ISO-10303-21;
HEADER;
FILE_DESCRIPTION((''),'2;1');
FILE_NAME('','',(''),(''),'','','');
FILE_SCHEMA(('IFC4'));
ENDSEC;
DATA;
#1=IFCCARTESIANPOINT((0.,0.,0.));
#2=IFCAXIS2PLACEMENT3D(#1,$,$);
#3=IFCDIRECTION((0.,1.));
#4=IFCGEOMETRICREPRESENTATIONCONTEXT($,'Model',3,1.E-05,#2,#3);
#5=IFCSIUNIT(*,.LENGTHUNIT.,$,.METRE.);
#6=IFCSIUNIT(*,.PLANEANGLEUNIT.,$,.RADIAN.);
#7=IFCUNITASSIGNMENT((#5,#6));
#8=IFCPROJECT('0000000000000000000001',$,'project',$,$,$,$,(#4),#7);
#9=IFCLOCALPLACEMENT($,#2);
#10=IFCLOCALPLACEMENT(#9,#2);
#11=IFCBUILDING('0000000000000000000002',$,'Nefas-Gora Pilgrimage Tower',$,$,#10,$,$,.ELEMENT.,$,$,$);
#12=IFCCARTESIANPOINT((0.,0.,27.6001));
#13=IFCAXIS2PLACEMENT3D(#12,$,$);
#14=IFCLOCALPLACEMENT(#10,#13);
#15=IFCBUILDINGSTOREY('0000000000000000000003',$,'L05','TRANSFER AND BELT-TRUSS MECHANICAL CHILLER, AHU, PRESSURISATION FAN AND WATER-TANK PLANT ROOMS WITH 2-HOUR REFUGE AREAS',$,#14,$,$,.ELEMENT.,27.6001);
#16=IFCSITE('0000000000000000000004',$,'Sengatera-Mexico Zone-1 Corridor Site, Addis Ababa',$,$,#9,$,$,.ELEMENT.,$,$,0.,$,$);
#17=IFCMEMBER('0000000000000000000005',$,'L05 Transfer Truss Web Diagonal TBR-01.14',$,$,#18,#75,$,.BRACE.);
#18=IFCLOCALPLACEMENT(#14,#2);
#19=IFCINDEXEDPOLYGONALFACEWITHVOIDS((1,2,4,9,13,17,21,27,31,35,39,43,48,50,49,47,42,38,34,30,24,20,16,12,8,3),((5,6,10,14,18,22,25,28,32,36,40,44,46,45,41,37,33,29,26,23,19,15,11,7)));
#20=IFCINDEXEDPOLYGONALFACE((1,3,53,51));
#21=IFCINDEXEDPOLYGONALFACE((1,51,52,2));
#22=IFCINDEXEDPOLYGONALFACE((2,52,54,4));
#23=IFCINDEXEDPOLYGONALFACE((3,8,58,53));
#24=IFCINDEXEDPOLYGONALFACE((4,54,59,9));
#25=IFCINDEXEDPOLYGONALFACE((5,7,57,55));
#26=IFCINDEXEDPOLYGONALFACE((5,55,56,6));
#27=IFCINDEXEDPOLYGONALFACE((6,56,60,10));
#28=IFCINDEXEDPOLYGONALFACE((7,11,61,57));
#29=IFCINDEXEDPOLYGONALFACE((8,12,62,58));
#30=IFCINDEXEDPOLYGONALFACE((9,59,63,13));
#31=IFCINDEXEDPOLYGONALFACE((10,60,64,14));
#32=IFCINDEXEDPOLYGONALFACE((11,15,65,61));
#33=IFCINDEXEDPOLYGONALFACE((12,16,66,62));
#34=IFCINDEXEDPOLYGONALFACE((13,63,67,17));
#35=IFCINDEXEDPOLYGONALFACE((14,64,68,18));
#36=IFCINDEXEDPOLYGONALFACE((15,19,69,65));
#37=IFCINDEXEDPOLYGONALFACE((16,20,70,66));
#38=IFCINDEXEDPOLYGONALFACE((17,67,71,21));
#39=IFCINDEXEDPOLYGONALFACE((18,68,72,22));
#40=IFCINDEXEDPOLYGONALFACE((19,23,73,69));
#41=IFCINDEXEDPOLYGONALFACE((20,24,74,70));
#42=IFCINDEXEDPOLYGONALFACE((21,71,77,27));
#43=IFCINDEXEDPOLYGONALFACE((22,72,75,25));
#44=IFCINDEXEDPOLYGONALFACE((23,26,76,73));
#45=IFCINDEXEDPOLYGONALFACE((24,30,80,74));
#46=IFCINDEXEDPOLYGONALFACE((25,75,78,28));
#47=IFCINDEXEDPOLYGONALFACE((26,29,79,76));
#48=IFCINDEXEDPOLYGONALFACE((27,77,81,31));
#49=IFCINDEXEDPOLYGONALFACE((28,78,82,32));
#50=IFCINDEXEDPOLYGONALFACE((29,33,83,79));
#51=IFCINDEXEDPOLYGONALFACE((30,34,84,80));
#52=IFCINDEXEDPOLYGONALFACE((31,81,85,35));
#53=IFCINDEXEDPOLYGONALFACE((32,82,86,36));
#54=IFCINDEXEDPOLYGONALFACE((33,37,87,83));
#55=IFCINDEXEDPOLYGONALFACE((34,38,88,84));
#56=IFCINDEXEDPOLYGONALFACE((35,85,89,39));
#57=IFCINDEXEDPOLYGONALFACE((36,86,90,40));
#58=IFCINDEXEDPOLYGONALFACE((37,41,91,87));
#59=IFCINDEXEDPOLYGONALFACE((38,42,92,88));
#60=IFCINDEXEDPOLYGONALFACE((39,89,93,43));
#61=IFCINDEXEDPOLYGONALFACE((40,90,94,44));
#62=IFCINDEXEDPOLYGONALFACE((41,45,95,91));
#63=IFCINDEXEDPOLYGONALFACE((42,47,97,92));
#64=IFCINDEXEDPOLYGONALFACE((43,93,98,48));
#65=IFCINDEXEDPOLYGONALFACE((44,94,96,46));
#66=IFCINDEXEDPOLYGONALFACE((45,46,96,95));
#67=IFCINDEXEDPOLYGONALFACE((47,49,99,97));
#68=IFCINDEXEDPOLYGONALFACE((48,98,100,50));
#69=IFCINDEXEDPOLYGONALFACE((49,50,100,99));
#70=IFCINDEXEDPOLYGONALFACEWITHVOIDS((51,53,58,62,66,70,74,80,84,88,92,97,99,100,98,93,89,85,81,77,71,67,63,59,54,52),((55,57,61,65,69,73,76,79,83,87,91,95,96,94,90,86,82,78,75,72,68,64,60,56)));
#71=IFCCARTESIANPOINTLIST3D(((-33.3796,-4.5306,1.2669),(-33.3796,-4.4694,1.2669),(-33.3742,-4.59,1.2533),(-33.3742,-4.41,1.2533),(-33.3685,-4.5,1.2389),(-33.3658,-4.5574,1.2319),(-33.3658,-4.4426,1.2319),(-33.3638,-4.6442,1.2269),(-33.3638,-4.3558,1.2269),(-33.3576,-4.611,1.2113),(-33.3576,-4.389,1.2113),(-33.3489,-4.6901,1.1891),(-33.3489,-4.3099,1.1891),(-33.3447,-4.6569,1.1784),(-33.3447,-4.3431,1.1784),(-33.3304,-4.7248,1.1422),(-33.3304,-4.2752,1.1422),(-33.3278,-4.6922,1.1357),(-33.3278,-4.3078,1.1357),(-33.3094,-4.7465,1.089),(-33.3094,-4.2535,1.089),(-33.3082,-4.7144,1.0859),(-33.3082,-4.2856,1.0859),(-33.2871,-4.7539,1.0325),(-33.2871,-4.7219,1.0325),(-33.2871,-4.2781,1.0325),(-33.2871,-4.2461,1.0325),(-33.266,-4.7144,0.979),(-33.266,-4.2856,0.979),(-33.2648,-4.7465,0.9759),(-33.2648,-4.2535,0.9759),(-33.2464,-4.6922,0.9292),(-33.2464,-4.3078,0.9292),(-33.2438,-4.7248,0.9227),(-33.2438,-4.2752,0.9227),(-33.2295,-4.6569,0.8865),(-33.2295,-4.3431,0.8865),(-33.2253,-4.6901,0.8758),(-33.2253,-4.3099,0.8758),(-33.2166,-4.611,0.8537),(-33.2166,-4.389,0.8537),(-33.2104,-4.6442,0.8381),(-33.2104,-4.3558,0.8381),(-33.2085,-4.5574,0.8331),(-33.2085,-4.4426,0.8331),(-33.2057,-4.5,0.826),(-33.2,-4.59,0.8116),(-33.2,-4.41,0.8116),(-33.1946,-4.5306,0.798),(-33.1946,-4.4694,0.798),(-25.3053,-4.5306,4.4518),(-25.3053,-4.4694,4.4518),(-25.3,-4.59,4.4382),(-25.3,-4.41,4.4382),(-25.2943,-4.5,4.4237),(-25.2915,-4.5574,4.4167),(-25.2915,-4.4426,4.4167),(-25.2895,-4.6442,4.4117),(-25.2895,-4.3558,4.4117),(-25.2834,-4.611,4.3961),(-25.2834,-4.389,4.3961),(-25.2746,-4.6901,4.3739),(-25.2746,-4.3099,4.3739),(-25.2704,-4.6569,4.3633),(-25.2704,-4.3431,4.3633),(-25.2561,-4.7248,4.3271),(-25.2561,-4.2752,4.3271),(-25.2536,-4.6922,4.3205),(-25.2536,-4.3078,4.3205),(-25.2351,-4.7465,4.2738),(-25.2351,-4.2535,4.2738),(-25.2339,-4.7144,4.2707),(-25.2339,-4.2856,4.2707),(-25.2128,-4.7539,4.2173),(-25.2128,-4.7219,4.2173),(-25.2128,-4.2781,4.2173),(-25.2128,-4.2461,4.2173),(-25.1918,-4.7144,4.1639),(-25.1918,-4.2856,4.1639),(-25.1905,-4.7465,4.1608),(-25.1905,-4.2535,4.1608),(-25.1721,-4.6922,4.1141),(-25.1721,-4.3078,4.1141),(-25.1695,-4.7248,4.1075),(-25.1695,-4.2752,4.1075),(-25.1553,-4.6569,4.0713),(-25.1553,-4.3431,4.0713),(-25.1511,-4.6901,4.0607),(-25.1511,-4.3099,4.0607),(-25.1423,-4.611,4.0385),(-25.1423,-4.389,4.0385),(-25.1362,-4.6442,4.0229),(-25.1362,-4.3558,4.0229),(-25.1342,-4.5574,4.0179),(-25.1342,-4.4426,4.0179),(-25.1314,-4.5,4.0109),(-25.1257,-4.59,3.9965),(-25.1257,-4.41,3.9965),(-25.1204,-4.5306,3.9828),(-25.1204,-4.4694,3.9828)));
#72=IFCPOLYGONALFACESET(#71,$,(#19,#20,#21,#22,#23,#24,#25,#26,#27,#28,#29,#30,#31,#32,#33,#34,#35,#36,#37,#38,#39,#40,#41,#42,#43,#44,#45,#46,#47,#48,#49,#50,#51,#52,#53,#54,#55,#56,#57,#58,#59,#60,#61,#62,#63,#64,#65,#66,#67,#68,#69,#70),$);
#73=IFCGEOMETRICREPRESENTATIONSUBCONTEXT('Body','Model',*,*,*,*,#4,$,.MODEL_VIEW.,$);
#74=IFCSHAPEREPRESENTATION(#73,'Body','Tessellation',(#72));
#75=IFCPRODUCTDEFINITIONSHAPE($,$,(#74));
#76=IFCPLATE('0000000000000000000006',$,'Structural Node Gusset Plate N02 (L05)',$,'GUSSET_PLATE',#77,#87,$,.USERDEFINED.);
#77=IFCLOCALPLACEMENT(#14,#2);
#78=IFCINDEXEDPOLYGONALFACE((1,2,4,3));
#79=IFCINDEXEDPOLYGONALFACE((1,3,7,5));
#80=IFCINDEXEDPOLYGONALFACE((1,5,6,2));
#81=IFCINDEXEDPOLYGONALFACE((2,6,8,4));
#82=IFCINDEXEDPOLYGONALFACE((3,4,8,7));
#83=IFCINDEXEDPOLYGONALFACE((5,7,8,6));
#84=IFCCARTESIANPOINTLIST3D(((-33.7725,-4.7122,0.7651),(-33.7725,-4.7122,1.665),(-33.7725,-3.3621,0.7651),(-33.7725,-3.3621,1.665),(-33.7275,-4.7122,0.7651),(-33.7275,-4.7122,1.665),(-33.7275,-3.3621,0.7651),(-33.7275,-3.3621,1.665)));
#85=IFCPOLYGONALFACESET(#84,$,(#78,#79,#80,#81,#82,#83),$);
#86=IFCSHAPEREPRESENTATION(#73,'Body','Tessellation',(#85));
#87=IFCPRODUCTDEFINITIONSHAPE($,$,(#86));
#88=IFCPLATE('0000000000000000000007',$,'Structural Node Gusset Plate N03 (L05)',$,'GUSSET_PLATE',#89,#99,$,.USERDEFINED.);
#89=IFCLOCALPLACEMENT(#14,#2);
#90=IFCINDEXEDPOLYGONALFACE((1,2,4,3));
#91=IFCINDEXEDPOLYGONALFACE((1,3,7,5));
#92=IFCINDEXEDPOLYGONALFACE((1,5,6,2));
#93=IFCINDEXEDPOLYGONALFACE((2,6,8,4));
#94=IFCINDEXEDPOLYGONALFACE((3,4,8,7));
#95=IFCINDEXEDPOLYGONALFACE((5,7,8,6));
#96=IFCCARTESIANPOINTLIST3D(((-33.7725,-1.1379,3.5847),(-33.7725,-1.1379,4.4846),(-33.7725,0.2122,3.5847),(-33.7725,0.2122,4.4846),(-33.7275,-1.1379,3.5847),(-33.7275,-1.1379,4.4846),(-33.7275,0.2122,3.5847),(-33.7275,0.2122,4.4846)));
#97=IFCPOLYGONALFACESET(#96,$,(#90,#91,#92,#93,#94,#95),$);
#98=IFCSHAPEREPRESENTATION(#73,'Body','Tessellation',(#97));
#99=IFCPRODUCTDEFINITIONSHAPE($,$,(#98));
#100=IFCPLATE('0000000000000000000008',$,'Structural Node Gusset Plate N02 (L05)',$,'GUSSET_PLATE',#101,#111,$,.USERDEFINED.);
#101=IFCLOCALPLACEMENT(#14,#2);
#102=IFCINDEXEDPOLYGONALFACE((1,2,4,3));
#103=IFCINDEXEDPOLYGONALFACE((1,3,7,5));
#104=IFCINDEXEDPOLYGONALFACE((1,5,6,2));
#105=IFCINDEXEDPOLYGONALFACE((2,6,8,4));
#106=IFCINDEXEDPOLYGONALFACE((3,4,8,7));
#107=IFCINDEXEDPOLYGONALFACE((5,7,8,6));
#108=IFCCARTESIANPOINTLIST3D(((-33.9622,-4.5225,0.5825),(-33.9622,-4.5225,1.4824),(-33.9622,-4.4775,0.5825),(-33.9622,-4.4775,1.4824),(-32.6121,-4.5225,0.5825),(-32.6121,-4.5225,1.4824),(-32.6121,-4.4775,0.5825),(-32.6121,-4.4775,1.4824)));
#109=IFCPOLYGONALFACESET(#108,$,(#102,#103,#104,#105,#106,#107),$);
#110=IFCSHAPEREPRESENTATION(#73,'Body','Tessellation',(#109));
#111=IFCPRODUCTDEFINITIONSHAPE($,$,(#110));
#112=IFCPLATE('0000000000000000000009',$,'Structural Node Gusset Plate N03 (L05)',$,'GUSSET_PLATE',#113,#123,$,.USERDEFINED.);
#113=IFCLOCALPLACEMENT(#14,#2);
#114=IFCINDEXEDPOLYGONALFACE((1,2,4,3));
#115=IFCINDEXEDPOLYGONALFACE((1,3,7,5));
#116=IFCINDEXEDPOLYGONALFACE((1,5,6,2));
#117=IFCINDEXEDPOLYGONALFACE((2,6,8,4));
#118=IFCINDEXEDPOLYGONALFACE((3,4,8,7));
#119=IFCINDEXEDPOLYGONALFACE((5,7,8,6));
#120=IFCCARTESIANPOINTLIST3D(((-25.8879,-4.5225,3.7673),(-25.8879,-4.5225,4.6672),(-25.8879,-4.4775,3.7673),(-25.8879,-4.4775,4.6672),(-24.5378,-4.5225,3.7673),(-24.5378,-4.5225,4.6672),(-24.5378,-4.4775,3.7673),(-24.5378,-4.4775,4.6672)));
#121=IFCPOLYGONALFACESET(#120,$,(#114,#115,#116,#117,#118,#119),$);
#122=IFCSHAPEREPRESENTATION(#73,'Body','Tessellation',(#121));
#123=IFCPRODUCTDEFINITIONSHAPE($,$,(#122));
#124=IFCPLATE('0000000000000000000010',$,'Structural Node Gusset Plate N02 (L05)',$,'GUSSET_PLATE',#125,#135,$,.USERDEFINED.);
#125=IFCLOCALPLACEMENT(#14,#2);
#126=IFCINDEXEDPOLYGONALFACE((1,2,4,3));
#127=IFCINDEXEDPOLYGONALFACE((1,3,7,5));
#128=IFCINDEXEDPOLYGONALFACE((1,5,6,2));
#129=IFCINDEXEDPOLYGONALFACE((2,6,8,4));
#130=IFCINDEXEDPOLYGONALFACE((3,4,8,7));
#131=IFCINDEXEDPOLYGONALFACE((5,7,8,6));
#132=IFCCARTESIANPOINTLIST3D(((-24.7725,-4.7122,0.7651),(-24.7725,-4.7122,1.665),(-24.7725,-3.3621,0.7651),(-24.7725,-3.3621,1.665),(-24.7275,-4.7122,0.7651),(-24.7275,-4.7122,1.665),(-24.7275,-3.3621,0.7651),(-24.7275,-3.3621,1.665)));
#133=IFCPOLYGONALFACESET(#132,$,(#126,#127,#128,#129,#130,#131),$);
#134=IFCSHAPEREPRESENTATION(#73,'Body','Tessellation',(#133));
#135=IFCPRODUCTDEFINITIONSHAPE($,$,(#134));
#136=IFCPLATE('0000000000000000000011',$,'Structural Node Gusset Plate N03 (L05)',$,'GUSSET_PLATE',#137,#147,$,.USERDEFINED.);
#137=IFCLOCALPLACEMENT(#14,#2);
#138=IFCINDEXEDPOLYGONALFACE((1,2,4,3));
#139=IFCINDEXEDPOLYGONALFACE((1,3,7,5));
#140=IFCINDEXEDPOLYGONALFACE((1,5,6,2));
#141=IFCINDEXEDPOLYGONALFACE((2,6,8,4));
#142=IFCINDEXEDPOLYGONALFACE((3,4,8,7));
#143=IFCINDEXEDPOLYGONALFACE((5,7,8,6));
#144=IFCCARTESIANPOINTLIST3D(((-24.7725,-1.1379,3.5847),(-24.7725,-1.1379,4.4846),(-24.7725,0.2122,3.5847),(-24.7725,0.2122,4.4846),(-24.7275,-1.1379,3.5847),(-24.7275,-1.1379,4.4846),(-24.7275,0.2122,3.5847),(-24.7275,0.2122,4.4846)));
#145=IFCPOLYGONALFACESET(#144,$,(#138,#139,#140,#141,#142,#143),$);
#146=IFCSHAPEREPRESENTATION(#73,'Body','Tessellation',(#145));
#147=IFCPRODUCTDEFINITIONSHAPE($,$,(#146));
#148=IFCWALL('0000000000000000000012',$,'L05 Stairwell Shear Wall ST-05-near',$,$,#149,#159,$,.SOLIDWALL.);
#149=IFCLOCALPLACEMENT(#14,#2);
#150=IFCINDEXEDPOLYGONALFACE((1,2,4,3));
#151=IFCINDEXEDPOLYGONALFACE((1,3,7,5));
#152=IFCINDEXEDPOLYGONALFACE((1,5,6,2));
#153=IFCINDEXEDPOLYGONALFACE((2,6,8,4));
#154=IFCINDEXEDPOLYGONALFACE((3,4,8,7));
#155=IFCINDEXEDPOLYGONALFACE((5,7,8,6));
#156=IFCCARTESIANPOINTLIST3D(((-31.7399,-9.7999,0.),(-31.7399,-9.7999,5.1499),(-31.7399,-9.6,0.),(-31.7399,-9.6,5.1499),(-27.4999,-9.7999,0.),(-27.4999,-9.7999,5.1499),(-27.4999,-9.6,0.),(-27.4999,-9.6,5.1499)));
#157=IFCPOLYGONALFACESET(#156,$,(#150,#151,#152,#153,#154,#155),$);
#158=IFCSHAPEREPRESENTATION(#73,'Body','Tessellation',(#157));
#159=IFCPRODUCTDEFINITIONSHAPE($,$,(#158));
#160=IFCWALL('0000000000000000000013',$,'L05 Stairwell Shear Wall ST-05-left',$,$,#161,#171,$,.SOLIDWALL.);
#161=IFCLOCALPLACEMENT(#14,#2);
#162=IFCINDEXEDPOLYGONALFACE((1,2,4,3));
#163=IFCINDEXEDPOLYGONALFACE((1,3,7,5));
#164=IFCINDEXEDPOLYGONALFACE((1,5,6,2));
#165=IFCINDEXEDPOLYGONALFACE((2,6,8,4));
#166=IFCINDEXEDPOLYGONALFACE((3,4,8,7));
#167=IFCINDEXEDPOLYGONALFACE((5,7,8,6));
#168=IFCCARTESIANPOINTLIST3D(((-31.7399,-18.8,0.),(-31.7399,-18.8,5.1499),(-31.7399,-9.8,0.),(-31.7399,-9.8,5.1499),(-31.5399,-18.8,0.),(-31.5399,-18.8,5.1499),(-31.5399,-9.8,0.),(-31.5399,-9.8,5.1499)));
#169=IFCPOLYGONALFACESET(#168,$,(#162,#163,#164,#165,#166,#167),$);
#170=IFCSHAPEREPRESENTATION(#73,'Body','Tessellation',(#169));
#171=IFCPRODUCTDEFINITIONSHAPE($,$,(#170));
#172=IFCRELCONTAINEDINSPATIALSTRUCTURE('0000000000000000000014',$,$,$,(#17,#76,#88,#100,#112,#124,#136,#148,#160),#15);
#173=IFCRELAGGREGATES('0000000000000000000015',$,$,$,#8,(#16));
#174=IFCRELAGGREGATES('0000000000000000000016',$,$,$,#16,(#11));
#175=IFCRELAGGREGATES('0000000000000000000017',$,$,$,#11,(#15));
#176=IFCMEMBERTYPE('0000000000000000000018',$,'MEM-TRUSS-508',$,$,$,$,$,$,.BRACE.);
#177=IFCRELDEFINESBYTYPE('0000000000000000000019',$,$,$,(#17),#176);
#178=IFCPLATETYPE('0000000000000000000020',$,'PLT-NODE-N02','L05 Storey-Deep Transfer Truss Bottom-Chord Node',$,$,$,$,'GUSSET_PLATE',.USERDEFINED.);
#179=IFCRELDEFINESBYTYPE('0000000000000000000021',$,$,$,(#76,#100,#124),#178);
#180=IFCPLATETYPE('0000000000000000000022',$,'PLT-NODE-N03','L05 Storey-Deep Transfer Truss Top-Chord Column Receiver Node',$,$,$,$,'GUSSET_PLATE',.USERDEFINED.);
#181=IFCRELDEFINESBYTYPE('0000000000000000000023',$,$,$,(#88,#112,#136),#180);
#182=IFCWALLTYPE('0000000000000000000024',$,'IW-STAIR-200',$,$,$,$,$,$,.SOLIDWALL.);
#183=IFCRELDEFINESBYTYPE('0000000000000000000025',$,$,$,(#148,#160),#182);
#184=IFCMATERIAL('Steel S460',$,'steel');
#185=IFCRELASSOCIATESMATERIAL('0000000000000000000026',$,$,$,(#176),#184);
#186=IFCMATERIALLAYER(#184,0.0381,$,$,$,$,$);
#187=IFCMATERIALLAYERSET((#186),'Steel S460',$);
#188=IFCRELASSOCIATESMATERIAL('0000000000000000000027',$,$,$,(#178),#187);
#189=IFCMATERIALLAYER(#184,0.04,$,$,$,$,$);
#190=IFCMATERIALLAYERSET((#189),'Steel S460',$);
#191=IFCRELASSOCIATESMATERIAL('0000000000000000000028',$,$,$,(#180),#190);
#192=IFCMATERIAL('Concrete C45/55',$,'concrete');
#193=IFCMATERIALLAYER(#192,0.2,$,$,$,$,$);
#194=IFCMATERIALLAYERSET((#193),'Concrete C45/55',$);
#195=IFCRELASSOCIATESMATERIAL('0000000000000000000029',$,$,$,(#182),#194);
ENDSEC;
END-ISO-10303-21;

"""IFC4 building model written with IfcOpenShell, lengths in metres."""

from ifc_helpers import new_model, si_unit, direction, frame, frame_2d, origin, origin_2d, place, context, subcontext, project, spatial, rectangle, hollow_circle, extrude, source, transform, mapped, material, layer, layer_set, material_profile, profile_set, type_object, element, save


model = new_model("IFC4")

# Units and contexts
model_context = context("Model", 3, precision=1e-05, world=origin(), true_north=direction((0.0, 1.0)))
body_context = subcontext(model_context, "Body", "Model", "MODEL_VIEW")
ifc_project = project(units=[si_unit("LENGTHUNIT", "METRE"), si_unit("PLANEANGLEUNIT", "RADIAN")], contexts=[model_context])

# Site, building, storey
site_placement = place(None, origin())
site = spatial("IfcSite", under=ifc_project, at=site_placement, Name="Sengatera-Mexico Zone-1 Corridor Site, Addis Ababa", CompositionType="ELEMENT", RefElevation=0.0)
building_placement = place(site_placement, origin())
building = spatial("IfcBuilding", under=site, at=building_placement, Name="Nefas-Gora Pilgrimage Tower", CompositionType="ELEMENT")
storey_placement = place(building_placement, frame((0.0, 0.0, 27.6001)))
storey = spatial("IfcBuildingStorey", under=building, at=storey_placement, Name="L05", Description="TRANSFER AND BELT-TRUSS MECHANICAL CHILLER, AHU, PRESSURISATION FAN AND WATER-TANK PLANT ROOMS WITH 2-HOUR REFUGE AREAS", CompositionType="ELEMENT", Elevation=27.6001)

# Shared definitions
ifc_material_1 = material(Name="Steel S460", Category="steel")

# Shared definitions
ifc_material_profile_1 = material_profile(ifc_material_1, hollow_circle(Radius=0.2539, WallThickness=0.032, at=origin_2d()), Name="CHS 508x32")
ifc_profile_set_1 = profile_set([ifc_material_profile_1], Name="Steel S460")
member_type = type_object("IfcMemberType", Name="MEM-TRUSS-508", PredefinedType="BRACE", material=ifc_profile_set_1)

# Member
shared_shape_1 = source(origin(), body_context, "Body", "SweptSolid", [
    extrude(hollow_circle(Radius=0.2539, WallThickness=0.032, at=origin_2d()), origin(), (0.0, 0.0, 1.0), 8.6797),
])
member_placement = place(storey_placement, frame((-33.2871, -4.5, 1.0325), z_axis=(0.930249, 0.0, 0.36693), x_axis=(0.0, 1.0, 0.0)))
element("IfcMember", 1, at=member_placement, inside=storey, type_object=member_type, Name="L05 Transfer Truss Web Diagonal TBR-01.14", PredefinedType="BRACE", context=body_context, shape_type="MappedRepresentation", body=[
    mapped(shared_shape_1, transform((0.0, 0.0, 0.0), x_axis=(1.0, 0.0, 0.0), y_axis=(0.0, 1.0, 0.0), z_axis=(0.0, 0.0, 1.0), scale=1.0)),
])

# Plates
ifc_layer_1 = layer(ifc_material_1, 0.0381)
ifc_layer_set_1 = layer_set([ifc_layer_1], Name="Steel S460")
plate_type_1 = type_object("IfcPlateType", Name="PLT-NODE-N02", Description="L05 Storey-Deep Transfer Truss Bottom-Chord Node", ElementType="GUSSET_PLATE", PredefinedType="USERDEFINED", material=ifc_layer_set_1)
shared_shape_2 = source(origin(), body_context, "Body", "SweptSolid", [
    extrude(rectangle(XDim=1.3501, YDim=0.0449, at=origin_2d()), origin(), (0.0, 0.0, 1.0), 0.8999),
])
plate_1_placement = place(storey_placement, frame((-33.75, -4.0371, 0.7651), z_axis=(0.0, 0.0, 1.0), x_axis=(0.0, 1.0, 0.0)))
element("IfcPlate", 2, at=plate_1_placement, inside=storey, type_object=plate_type_1, Name="Structural Node Gusset Plate N02 (L05)", ObjectType="GUSSET_PLATE", PredefinedType="USERDEFINED", context=body_context, shape_type="MappedRepresentation", body=[
    mapped(shared_shape_2, transform((0.0, 0.0, 0.0), x_axis=(1.0, 0.0, 0.0), y_axis=(0.0, 1.0, 0.0), z_axis=(0.0, 0.0, 1.0), scale=1.0)),
])
ifc_layer_2 = layer(ifc_material_1, 0.04)
ifc_layer_set_2 = layer_set([ifc_layer_2], Name="Steel S460")
plate_type_2 = type_object("IfcPlateType", Name="PLT-NODE-N03", Description="L05 Storey-Deep Transfer Truss Top-Chord Column Receiver Node", ElementType="GUSSET_PLATE", PredefinedType="USERDEFINED", material=ifc_layer_set_2)
plate_2_placement = place(storey_placement, frame((-33.75, -0.4629, 3.5847), z_axis=(0.0, 0.0, 1.0), x_axis=(0.0, 1.0, 0.0)))
element("IfcPlate", 3, at=plate_2_placement, inside=storey, type_object=plate_type_2, Name="Structural Node Gusset Plate N03 (L05)", ObjectType="GUSSET_PLATE", PredefinedType="USERDEFINED", context=body_context, shape_type="MappedRepresentation", body=[
    mapped(shared_shape_2, transform((0.0, 0.0, 0.0), x_axis=(1.0, 0.0, 0.0), y_axis=(0.0, 1.0, 0.0), z_axis=(0.0, 0.0, 1.0), scale=1.0)),
])
plate_3_placement = place(storey_placement, frame((-33.2871, -4.5, 0.5825), z_axis=(0.0, 0.0, 1.0), x_axis=(1.0, 0.0, 0.0)))
element("IfcPlate", 4, at=plate_3_placement, inside=storey, type_object=plate_type_1, Name="Structural Node Gusset Plate N02 (L05)", ObjectType="GUSSET_PLATE", PredefinedType="USERDEFINED", context=body_context, shape_type="MappedRepresentation", body=[
    mapped(shared_shape_2, transform((0.0, 0.0, 0.0), x_axis=(1.0, 0.0, 0.0), y_axis=(0.0, 1.0, 0.0), z_axis=(0.0, 0.0, 1.0), scale=1.0)),
])
plate_4_placement = place(storey_placement, frame((-25.2129, -4.5, 3.7673), z_axis=(0.0, 0.0, 1.0), x_axis=(1.0, 0.0, 0.0)))
element("IfcPlate", 5, at=plate_4_placement, inside=storey, type_object=plate_type_2, Name="Structural Node Gusset Plate N03 (L05)", ObjectType="GUSSET_PLATE", PredefinedType="USERDEFINED", context=body_context, shape_type="MappedRepresentation", body=[
    mapped(shared_shape_2, transform((0.0, 0.0, 0.0), x_axis=(1.0, 0.0, 0.0), y_axis=(0.0, 1.0, 0.0), z_axis=(0.0, 0.0, 1.0), scale=1.0)),
])
plate_5_placement = place(storey_placement, frame((-24.75, -4.0371, 0.7651), z_axis=(0.0, 0.0, 1.0), x_axis=(0.0, 1.0, 0.0)))
element("IfcPlate", 6, at=plate_5_placement, inside=storey, type_object=plate_type_1, Name="Structural Node Gusset Plate N02 (L05)", ObjectType="GUSSET_PLATE", PredefinedType="USERDEFINED", context=body_context, shape_type="MappedRepresentation", body=[
    mapped(shared_shape_2, transform((0.0, 0.0, 0.0), x_axis=(1.0, 0.0, 0.0), y_axis=(0.0, 1.0, 0.0), z_axis=(0.0, 0.0, 1.0), scale=1.0)),
])
plate_6_placement = place(storey_placement, frame((-24.75, -0.4629, 3.5847), z_axis=(0.0, 0.0, 1.0), x_axis=(0.0, 1.0, 0.0)))
element("IfcPlate", 7, at=plate_6_placement, inside=storey, type_object=plate_type_2, Name="Structural Node Gusset Plate N03 (L05)", ObjectType="GUSSET_PLATE", PredefinedType="USERDEFINED", context=body_context, shape_type="MappedRepresentation", body=[
    mapped(shared_shape_2, transform((0.0, 0.0, 0.0), x_axis=(1.0, 0.0, 0.0), y_axis=(0.0, 1.0, 0.0), z_axis=(0.0, 0.0, 1.0), scale=1.0)),
])

# Walls
ifc_material_2 = material(Name="Concrete C45/55", Category="concrete")
ifc_layer_3 = layer(ifc_material_2, 0.2)
ifc_layer_set_3 = layer_set([ifc_layer_3], Name="Concrete C45/55")
wall_type_1 = type_object("IfcWallType", Name="IW-STAIR-200", PredefinedType="SOLIDWALL", material=ifc_layer_set_3)
shared_shape_3 = source(origin(), body_context, "Body", "SweptSolid", [
    extrude(rectangle(XDim=4.24, YDim=0.2, at=frame_2d((2.1201, 0.0))), origin(), (0.0, 0.0, 1.0), 5.1499),
])
wall_1_placement = place(storey_placement, frame((-31.74, -9.7, 0.0), z_axis=(0.0, 0.0, 1.0), x_axis=(1.0, 0.0, 0.0)))
element("IfcWall", 8, at=wall_1_placement, inside=storey, type_object=wall_type_1, Name="L05 Stairwell Shear Wall ST-05-near", PredefinedType="SOLIDWALL", context=body_context, shape_type="MappedRepresentation", body=[
    mapped(shared_shape_3, transform((0.0, 0.0, 0.0), x_axis=(1.0, 0.0, 0.0), y_axis=(0.0, 1.0, 0.0), z_axis=(0.0, 0.0, 1.0), scale=1.0)),
])
shared_shape_4 = source(origin(), body_context, "Body", "SweptSolid", [
    extrude(rectangle(XDim=9.0, YDim=0.2, at=frame_2d((4.5, 0.0))), origin(), (0.0, 0.0, 1.0), 5.1499),
])
wall_2_placement = place(storey_placement, frame((-31.6399, -9.8, 0.0), z_axis=(0.0, 0.0, 1.0), x_axis=(0.0, -1.0, 0.0)))
element("IfcWall", 9, at=wall_2_placement, inside=storey, type_object=wall_type_1, Name="L05 Stairwell Shear Wall ST-05-left", PredefinedType="SOLIDWALL", context=body_context, shape_type="MappedRepresentation", body=[
    mapped(shared_shape_4, transform((0.0, 0.0, 0.0), x_axis=(1.0, 0.0, 0.0), y_axis=(0.0, 1.0, 0.0), z_axis=(0.0, 0.0, 1.0), scale=1.0)),
])

save(model, "model.ifc")
